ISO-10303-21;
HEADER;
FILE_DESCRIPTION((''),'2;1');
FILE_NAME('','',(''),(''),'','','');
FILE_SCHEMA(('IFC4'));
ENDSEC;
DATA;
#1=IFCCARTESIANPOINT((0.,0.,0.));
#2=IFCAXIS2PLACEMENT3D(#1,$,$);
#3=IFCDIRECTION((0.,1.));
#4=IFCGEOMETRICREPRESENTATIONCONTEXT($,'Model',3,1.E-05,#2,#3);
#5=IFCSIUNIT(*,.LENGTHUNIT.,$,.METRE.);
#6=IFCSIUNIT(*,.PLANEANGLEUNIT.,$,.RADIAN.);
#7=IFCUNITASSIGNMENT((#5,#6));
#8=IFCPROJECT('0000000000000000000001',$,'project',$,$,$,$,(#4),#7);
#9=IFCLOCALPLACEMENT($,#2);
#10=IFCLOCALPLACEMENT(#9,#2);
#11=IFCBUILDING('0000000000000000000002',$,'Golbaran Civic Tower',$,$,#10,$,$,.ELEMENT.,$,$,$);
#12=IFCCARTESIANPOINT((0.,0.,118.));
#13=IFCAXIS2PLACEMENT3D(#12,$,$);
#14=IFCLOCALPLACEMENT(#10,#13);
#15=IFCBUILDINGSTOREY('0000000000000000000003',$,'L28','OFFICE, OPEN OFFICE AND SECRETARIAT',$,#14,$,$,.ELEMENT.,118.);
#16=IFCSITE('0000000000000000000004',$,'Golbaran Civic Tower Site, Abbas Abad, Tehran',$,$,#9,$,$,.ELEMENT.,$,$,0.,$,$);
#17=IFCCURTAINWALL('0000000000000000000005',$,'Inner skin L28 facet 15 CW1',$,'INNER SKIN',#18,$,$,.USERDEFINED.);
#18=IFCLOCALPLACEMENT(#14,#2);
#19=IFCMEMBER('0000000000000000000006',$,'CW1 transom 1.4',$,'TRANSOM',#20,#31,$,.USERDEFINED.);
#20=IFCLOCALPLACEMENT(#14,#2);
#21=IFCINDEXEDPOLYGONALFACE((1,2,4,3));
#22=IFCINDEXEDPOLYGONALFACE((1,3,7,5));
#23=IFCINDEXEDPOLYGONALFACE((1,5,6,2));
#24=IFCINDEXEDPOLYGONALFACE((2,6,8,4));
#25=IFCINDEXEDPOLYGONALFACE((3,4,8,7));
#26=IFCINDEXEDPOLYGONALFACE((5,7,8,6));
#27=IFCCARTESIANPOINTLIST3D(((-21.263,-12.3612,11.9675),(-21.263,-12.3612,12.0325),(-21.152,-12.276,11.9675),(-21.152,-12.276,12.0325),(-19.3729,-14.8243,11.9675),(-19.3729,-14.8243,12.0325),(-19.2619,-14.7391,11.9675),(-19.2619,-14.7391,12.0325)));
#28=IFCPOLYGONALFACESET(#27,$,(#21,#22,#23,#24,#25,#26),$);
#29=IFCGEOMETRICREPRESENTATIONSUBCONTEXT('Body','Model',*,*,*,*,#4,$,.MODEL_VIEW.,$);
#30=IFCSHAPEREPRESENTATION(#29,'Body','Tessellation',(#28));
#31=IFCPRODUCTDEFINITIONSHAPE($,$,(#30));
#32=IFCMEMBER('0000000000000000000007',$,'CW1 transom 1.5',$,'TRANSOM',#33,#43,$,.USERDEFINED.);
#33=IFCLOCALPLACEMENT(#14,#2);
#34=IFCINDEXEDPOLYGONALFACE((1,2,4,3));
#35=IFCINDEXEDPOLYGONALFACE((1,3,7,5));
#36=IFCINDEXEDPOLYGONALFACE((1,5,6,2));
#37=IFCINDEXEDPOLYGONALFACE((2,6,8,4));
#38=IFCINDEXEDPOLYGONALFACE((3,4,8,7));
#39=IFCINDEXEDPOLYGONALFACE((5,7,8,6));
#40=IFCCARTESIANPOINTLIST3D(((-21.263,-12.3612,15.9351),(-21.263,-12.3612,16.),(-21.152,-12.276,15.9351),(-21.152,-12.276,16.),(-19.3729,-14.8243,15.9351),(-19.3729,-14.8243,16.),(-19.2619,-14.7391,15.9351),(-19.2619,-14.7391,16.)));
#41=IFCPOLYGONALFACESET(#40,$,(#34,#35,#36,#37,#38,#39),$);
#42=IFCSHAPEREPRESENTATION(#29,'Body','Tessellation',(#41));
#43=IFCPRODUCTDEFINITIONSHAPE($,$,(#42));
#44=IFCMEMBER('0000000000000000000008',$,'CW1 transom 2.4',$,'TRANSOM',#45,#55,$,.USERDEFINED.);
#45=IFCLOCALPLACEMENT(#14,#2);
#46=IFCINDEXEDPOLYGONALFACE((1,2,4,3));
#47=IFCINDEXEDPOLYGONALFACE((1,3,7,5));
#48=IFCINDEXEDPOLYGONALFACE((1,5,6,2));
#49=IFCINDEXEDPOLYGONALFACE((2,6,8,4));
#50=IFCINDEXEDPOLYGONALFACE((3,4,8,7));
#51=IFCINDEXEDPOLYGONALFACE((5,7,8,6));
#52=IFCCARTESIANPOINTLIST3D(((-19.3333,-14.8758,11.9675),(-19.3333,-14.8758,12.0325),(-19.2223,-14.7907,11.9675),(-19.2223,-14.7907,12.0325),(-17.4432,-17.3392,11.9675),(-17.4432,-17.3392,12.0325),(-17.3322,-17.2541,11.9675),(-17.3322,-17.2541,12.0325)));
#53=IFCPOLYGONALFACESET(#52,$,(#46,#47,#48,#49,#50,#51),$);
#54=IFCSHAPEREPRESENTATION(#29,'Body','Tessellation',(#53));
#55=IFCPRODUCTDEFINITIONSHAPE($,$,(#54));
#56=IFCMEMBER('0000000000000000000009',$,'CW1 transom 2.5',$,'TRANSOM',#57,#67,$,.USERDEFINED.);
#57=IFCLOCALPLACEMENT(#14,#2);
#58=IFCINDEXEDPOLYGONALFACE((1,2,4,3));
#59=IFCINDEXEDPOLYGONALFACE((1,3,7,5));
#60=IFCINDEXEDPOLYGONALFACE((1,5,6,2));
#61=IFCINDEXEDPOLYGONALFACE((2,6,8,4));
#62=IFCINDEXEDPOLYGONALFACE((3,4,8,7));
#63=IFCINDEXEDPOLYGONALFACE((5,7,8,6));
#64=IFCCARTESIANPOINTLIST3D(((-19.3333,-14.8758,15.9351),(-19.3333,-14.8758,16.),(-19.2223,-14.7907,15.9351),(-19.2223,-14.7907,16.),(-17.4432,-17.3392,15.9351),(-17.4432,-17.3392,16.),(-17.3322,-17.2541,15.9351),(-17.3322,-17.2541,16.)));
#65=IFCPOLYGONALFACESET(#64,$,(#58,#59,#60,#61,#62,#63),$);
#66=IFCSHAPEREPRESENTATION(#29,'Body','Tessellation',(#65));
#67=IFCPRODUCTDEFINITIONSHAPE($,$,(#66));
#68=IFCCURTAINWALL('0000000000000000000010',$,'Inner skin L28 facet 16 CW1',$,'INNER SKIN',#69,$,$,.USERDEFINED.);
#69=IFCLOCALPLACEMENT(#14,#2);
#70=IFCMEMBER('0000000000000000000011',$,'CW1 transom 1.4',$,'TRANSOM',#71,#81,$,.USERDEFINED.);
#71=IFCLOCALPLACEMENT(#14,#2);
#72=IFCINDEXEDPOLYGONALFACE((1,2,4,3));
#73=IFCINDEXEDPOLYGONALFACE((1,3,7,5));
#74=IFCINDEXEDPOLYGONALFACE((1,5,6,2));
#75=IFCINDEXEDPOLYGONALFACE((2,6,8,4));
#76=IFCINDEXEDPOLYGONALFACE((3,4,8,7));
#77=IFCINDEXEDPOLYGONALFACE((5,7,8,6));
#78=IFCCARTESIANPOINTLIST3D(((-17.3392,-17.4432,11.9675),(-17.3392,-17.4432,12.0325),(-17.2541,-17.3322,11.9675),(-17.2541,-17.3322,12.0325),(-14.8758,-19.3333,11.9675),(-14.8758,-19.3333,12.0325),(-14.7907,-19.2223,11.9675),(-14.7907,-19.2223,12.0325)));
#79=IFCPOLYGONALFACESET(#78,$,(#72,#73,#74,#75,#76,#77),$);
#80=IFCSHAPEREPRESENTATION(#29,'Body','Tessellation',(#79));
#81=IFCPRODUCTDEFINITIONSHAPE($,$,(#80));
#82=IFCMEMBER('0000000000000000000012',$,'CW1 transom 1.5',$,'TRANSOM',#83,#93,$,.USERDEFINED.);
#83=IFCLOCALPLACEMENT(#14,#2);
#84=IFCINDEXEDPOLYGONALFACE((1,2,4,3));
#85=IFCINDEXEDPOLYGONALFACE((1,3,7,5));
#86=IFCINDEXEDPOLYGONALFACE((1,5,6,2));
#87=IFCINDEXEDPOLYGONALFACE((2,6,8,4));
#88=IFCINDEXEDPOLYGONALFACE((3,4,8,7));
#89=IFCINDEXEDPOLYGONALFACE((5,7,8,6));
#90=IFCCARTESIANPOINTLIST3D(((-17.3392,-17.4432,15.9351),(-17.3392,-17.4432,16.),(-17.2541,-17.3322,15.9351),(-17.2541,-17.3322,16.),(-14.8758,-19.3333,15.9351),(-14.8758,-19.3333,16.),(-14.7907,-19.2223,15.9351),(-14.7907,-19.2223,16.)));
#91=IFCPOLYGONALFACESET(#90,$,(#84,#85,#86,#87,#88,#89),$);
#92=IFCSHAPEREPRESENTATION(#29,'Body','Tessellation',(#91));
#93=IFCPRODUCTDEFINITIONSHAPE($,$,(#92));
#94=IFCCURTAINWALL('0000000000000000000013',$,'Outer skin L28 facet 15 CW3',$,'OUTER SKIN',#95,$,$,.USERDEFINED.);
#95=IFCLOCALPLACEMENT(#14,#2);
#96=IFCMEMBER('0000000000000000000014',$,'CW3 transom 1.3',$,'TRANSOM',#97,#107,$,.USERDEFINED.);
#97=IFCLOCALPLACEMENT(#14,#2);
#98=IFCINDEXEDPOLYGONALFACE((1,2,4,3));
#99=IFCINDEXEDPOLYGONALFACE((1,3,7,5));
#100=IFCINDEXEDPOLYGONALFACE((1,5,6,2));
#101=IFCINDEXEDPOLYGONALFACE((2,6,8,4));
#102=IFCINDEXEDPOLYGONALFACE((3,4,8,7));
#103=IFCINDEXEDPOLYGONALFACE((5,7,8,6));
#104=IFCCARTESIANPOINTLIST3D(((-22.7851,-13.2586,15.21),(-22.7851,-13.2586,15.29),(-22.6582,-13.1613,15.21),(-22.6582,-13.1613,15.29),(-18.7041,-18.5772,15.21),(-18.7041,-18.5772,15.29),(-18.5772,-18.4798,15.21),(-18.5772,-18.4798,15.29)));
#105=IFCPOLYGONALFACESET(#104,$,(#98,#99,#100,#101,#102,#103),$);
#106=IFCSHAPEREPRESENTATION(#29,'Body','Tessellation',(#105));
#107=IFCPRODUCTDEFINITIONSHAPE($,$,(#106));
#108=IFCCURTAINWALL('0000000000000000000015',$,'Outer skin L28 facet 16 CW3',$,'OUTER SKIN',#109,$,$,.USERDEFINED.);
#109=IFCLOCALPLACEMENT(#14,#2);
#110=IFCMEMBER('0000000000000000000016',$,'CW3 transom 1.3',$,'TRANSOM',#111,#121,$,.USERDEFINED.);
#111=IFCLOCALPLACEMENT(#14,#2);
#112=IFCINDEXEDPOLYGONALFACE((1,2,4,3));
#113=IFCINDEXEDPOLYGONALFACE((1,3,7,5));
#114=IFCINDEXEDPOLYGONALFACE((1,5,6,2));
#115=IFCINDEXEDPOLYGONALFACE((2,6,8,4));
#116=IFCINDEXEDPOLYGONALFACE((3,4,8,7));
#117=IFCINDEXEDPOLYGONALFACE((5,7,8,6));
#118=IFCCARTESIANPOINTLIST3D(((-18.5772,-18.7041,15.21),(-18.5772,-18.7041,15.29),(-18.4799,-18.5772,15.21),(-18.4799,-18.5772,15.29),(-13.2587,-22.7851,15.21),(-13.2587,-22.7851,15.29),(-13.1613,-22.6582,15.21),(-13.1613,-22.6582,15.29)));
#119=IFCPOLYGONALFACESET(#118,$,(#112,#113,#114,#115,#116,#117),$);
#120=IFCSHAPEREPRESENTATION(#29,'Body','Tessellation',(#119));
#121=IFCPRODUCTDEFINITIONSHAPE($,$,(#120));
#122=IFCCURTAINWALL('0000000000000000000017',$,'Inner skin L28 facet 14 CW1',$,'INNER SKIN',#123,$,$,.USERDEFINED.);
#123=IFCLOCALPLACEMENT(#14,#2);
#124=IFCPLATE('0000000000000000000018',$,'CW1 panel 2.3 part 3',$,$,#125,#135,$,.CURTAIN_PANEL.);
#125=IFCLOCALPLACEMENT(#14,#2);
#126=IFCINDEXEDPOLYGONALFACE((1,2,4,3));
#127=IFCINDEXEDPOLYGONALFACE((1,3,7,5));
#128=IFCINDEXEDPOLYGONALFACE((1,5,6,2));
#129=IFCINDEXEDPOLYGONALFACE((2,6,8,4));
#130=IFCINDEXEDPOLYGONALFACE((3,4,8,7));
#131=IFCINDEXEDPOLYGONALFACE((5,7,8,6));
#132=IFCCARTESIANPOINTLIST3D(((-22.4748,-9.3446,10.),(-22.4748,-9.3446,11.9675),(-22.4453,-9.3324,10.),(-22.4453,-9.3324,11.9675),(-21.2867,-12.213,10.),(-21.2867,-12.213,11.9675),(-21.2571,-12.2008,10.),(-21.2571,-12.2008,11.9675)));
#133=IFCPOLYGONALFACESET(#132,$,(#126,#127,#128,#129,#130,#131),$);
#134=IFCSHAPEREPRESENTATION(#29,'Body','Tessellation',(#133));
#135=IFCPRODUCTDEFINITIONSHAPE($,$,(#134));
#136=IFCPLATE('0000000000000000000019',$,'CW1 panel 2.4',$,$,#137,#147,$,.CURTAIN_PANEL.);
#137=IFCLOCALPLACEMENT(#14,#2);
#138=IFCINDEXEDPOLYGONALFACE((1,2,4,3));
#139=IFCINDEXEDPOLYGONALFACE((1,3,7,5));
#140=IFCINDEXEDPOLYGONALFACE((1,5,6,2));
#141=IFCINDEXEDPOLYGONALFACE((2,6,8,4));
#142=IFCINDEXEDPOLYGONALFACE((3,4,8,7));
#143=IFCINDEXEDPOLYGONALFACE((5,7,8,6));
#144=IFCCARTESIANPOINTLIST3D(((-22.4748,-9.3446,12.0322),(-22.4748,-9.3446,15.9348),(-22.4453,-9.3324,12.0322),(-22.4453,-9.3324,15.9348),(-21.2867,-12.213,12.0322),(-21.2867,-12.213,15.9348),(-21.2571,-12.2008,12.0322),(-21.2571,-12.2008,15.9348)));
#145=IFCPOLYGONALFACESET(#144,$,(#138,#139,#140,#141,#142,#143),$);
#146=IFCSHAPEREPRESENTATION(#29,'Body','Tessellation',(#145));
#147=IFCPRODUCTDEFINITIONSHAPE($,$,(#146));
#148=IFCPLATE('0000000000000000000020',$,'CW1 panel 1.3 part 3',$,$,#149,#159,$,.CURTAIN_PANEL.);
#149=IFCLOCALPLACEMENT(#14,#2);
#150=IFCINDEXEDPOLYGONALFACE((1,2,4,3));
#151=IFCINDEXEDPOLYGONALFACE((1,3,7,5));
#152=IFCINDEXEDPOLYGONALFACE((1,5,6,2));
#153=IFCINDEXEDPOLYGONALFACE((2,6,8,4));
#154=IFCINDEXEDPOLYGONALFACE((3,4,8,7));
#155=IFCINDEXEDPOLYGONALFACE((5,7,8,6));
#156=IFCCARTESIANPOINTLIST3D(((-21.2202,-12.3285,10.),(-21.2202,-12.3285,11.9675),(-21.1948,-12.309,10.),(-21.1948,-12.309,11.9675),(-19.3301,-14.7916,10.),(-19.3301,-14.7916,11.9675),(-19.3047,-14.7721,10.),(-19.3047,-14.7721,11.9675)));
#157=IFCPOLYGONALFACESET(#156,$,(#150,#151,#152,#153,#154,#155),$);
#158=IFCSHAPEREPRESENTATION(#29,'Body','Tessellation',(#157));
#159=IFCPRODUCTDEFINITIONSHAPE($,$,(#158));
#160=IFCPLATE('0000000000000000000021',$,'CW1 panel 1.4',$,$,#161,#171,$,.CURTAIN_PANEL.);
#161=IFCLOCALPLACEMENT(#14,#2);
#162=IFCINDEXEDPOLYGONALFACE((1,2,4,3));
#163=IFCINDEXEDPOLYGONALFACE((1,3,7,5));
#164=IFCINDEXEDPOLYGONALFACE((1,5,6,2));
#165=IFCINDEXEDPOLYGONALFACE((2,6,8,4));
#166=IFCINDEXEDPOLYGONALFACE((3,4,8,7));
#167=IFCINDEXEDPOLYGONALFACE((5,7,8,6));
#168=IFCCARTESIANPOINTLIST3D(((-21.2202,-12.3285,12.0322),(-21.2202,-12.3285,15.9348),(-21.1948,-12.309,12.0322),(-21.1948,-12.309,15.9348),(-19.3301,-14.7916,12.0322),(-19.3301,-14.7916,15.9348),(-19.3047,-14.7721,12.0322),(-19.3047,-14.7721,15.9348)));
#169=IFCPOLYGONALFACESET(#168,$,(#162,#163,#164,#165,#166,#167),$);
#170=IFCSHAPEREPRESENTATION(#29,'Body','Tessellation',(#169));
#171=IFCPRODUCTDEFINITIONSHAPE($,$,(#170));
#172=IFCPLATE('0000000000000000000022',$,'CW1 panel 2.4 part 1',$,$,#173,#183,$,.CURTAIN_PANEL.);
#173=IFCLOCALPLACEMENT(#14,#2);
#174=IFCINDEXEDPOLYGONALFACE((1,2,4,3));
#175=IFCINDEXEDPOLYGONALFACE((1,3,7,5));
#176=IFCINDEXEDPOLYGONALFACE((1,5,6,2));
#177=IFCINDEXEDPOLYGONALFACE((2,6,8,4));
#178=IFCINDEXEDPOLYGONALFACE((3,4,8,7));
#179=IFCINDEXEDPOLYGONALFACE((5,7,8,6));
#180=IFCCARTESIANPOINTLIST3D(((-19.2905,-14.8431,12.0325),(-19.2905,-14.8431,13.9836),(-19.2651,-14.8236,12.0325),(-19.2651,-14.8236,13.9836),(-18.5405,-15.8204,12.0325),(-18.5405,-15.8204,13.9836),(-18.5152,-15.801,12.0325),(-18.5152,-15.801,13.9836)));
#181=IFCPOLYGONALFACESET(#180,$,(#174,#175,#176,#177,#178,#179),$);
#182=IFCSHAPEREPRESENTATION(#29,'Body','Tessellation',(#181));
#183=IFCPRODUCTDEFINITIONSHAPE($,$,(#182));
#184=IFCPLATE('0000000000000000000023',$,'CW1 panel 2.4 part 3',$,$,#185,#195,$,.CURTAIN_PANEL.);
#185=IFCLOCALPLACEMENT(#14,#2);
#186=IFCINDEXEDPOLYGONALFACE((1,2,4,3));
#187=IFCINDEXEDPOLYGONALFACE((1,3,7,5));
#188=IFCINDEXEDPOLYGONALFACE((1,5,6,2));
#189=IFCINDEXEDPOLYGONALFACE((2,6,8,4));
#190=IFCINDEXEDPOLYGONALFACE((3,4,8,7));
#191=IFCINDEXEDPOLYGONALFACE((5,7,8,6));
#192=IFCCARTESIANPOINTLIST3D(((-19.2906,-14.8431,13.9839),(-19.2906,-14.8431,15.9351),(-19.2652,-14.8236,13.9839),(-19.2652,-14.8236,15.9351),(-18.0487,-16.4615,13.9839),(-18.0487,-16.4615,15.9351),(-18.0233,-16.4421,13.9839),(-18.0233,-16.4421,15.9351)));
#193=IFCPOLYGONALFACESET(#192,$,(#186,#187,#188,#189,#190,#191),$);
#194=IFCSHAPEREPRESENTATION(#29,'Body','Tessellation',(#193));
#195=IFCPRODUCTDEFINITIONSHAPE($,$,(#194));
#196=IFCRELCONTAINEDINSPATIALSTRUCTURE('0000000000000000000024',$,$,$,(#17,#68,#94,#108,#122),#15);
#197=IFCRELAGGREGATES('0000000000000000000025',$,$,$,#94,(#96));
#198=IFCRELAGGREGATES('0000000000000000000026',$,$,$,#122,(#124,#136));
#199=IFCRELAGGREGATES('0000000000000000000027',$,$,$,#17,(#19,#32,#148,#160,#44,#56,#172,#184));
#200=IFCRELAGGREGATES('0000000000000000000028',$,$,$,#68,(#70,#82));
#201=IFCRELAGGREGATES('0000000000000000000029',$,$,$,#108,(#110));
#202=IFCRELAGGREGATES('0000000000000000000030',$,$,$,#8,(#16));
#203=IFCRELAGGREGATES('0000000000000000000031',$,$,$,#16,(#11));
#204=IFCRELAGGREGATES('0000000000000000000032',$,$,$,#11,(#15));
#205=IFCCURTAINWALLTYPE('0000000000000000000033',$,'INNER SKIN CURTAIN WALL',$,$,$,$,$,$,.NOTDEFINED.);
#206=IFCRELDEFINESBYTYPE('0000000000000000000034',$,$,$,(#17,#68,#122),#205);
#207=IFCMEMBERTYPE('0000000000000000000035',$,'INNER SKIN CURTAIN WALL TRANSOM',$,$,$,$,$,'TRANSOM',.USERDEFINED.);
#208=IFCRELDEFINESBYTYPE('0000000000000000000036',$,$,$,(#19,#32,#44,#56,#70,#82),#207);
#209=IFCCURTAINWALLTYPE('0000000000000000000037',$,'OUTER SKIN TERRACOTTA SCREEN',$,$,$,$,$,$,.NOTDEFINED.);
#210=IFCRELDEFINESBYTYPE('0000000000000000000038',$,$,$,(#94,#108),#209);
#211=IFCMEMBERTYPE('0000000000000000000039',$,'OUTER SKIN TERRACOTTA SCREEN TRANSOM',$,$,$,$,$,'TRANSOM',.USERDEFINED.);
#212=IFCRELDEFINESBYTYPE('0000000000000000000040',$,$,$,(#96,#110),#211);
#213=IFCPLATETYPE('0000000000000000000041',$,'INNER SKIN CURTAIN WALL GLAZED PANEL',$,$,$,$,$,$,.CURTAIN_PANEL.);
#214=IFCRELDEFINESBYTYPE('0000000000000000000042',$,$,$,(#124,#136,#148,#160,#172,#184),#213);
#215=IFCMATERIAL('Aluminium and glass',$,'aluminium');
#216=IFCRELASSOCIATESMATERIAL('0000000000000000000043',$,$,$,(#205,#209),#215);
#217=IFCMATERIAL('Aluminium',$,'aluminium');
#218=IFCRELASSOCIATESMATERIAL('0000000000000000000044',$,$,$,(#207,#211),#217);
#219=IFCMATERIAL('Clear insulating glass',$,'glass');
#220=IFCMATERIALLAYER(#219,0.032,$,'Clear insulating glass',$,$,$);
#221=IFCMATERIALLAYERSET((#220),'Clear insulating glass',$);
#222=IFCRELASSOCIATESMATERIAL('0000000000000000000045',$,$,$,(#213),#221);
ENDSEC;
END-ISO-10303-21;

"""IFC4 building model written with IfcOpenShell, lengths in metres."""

from ifc_helpers import new_model, si_unit, direction, frame, origin, origin_2d, place, context, subcontext, project, spatial, rectangle, extrude, material, layer, layer_set, material_profile, profile_set, type_object, element, aggregate, save


model = new_model("IFC4")

# Units and contexts
model_context = context("Model", 3, precision=1e-05, world=origin(), true_north=direction((0.0, 1.0)))
body_context = subcontext(model_context, "Body", "Model", "MODEL_VIEW")
ifc_project = project(units=[si_unit("LENGTHUNIT", "METRE"), si_unit("PLANEANGLEUNIT", "RADIAN")], contexts=[model_context])

# Site, building, storey
site_placement = place(None, origin())
site = spatial("IfcSite", under=ifc_project, at=site_placement, Name="Golbaran Civic Tower Site, Abbas Abad, Tehran", CompositionType="ELEMENT", RefElevation=0.0)
building_placement = place(site_placement, origin())
building = spatial("IfcBuilding", under=site, at=building_placement, Name="Golbaran Civic Tower", CompositionType="ELEMENT")
storey_placement = place(building_placement, frame((0.0, 0.0, 118.0)))
storey = spatial("IfcBuildingStorey", under=building, at=storey_placement, Name="L28", Description="OFFICE, OPEN OFFICE AND SECRETARIAT", CompositionType="ELEMENT", Elevation=118.0)

# Curtain walls, members
ifc_material_1 = material(Name="Aluminium and glass", Category="aluminium")
curtain_wall_type_1 = type_object("IfcCurtainWallType", Name="INNER SKIN CURTAIN WALL", PredefinedType="NOTDEFINED", material=ifc_material_1)
curtain_wall_1_placement = place(storey_placement, origin())
curtain_wall_1 = element("IfcCurtainWall", 1, at=curtain_wall_1_placement, inside=storey, type_object=curtain_wall_type_1, Name="Inner skin L28 facet 15 CW1", ObjectType="INNER SKIN", PredefinedType="USERDEFINED")
ifc_material_2 = material(Name="Aluminium", Category="aluminium")
ifc_material_profile_1 = material_profile(ifc_material_2, rectangle(XDim=0.1399, YDim=0.0649, at=origin_2d()), Name="INNER SKIN CURTAIN WALL TRANSOM")
ifc_profile_set_1 = profile_set([ifc_material_profile_1], Name="Aluminium")
member_type_1 = type_object("IfcMemberType", Name="INNER SKIN CURTAIN WALL TRANSOM", ElementType="TRANSOM", PredefinedType="USERDEFINED", material=ifc_profile_set_1)
member_1_placement = place(storey_placement, frame((-21.2075, -12.3186, 12.0), z_axis=(0.608783, -0.793337, 0.0), x_axis=(0.793337, 0.608783, 0.0)))
member_1 = element("IfcMember", 2, at=member_1_placement, type_object=member_type_1, Name="CW1 transom 1.4", ObjectType="TRANSOM", PredefinedType="USERDEFINED", context=body_context, shape_type="SweptSolid", body=[
    extrude(rectangle(XDim=0.1399, YDim=0.0649, at=origin_2d()), origin(), (0.0, 0.0, 1.0), 3.1047),
])
member_2_placement = place(storey_placement, frame((-21.2075, -12.3186, 15.9675), z_axis=(0.608783, -0.793337, 0.0), x_axis=(0.793337, 0.608783, 0.0)))
member_2 = element("IfcMember", 3, at=member_2_placement, type_object=member_type_1, Name="CW1 transom 1.5", ObjectType="TRANSOM", PredefinedType="USERDEFINED", context=body_context, shape_type="SweptSolid", body=[
    extrude(rectangle(XDim=0.1399, YDim=0.0649, at=origin_2d()), origin(), (0.0, 0.0, 1.0), 3.1047),
])
member_3_placement = place(storey_placement, frame((-19.2778, -14.8333, 12.0), z_axis=(0.608745, -0.793366, 0.0), x_axis=(0.793366, 0.608745, 0.0)))
member_3 = element("IfcMember", 4, at=member_3_placement, type_object=member_type_1, Name="CW1 transom 2.4", ObjectType="TRANSOM", PredefinedType="USERDEFINED", context=body_context, shape_type="SweptSolid", body=[
    extrude(rectangle(XDim=0.1399, YDim=0.0649, at=origin_2d()), origin(), (0.0, 0.0, 1.0), 3.105),
])
member_4_placement = place(storey_placement, frame((-19.2778, -14.8333, 15.9675), z_axis=(0.608745, -0.793366, 0.0), x_axis=(0.793366, 0.608745, 0.0)))
member_4 = element("IfcMember", 5, at=member_4_placement, type_object=member_type_1, Name="CW1 transom 2.5", ObjectType="TRANSOM", PredefinedType="USERDEFINED", context=body_context, shape_type="SweptSolid", body=[
    extrude(rectangle(XDim=0.1399, YDim=0.0649, at=origin_2d()), origin(), (0.0, 0.0, 1.0), 3.105),
])
curtain_wall_2_placement = place(storey_placement, origin())
curtain_wall_2 = element("IfcCurtainWall", 6, at=curtain_wall_2_placement, inside=storey, type_object=curtain_wall_type_1, Name="Inner skin L28 facet 16 CW1", ObjectType="INNER SKIN", PredefinedType="USERDEFINED")
member_5_placement = place(storey_placement, frame((-17.2966, -17.3877, 12.0), z_axis=(0.793366, -0.608745, 0.0), x_axis=(0.608745, 0.793366, 0.0)))
member_5 = element("IfcMember", 7, at=member_5_placement, type_object=member_type_1, Name="CW1 transom 1.4", ObjectType="TRANSOM", PredefinedType="USERDEFINED", context=body_context, shape_type="SweptSolid", body=[
    extrude(rectangle(XDim=0.1399, YDim=0.0649, at=origin_2d()), origin(), (0.0, 0.0, 1.0), 3.105),
])
member_6_placement = place(storey_placement, frame((-17.2966, -17.3877, 15.9675), z_axis=(0.793366, -0.608745, 0.0), x_axis=(0.608745, 0.793366, 0.0)))
member_6 = element("IfcMember", 8, at=member_6_placement, type_object=member_type_1, Name="CW1 transom 1.5", ObjectType="TRANSOM", PredefinedType="USERDEFINED", context=body_context, shape_type="SweptSolid", body=[
    extrude(rectangle(XDim=0.1399, YDim=0.0649, at=origin_2d()), origin(), (0.0, 0.0, 1.0), 3.105),
])

# Curtain walls, members
curtain_wall_type_2 = type_object("IfcCurtainWallType", Name="OUTER SKIN TERRACOTTA SCREEN", PredefinedType="NOTDEFINED", material=ifc_material_1)
curtain_wall_3_placement = place(storey_placement, origin())
curtain_wall_3 = element("IfcCurtainWall", 9, at=curtain_wall_3_placement, inside=storey, type_object=curtain_wall_type_2, Name="Outer skin L28 facet 15 CW3", ObjectType="OUTER SKIN", PredefinedType="USERDEFINED")
ifc_material_profile_2 = material_profile(ifc_material_2, rectangle(XDim=0.1599, YDim=0.0801, at=origin_2d()), Name="OUTER SKIN TERRACOTTA SCREEN TRANSOM")
ifc_profile_set_2 = profile_set([ifc_material_profile_2], Name="Aluminium")
member_type_2 = type_object("IfcMemberType", Name="OUTER SKIN TERRACOTTA SCREEN TRANSOM", ElementType="TRANSOM", PredefinedType="USERDEFINED", material=ifc_profile_set_2)
member_7_placement = place(storey_placement, frame((-22.7217, -13.21, 15.25), z_axis=(0.608756, -0.793357, 0.0), x_axis=(0.793357, 0.608756, 0.0)))
member_7 = element("IfcMember", 10, at=member_7_placement, type_object=member_type_2, Name="CW3 transom 1.3", ObjectType="TRANSOM", PredefinedType="USERDEFINED", context=body_context, shape_type="SweptSolid", body=[
    extrude(rectangle(XDim=0.1599, YDim=0.0801, at=origin_2d()), origin(), (0.0, 0.0, 1.0), 6.7039),
])
aggregate(curtain_wall_3, [member_7])
curtain_wall_4_placement = place(storey_placement, origin())
curtain_wall_4 = element("IfcCurtainWall", 11, at=curtain_wall_4_placement, inside=storey, type_object=curtain_wall_type_2, Name="Outer skin L28 facet 16 CW3", ObjectType="OUTER SKIN", PredefinedType="USERDEFINED")
member_8_placement = place(storey_placement, frame((-18.5286, -18.6406, 15.25), z_axis=(0.793357, -0.608756, 0.0), x_axis=(0.608756, 0.793357, 0.0)))
member_8 = element("IfcMember", 12, at=member_8_placement, type_object=member_type_2, Name="CW3 transom 1.3", ObjectType="TRANSOM", PredefinedType="USERDEFINED", context=body_context, shape_type="SweptSolid", body=[
    extrude(rectangle(XDim=0.1599, YDim=0.0801, at=origin_2d()), origin(), (0.0, 0.0, 1.0), 6.7039),
])

# Curtain wall, plates
curtain_wall_5_placement = place(storey_placement, origin())
curtain_wall_5 = element("IfcCurtainWall", 13, at=curtain_wall_5_placement, inside=storey, type_object=curtain_wall_type_1, Name="Inner skin L28 facet 14 CW1", ObjectType="INNER SKIN", PredefinedType="USERDEFINED")
ifc_material_3 = material(Name="Clear insulating glass", Category="glass")
ifc_layer_1 = layer(ifc_material_3, 0.032, Name="Clear insulating glass")
ifc_layer_set_1 = layer_set([ifc_layer_1], Name="Clear insulating glass")
plate_type_1 = type_object("IfcPlateType", Name="INNER SKIN CURTAIN WALL GLAZED PANEL", PredefinedType="CURTAIN_PANEL", material=ifc_layer_set_1)
plate_1_placement = place(storey_placement, frame((-21.866, -10.7727, 10.0), z_axis=(0.0, 0.0, 1.0), x_axis=(0.382683, -0.92388, 0.0)))
plate_1 = element("IfcPlate", 14, at=plate_1_placement, type_object=plate_type_1, Name="CW1 panel 2.3 part 3", PredefinedType="CURTAIN_PANEL", context=body_context, shape_type="SweptSolid", body=[
    extrude(rectangle(XDim=3.1047, YDim=0.032, at=origin_2d()), origin(), (0.0, 0.0, 1.0), 1.9675),
])
plate_2_placement = place(storey_placement, frame((-21.866, -10.7727, 12.0322), z_axis=(0.0, 0.0, 1.0), x_axis=(0.382683, -0.92388, 0.0)))
plate_2 = element("IfcPlate", 15, at=plate_2_placement, type_object=plate_type_1, Name="CW1 panel 2.4", PredefinedType="CURTAIN_PANEL", context=body_context, shape_type="SweptSolid", body=[
    extrude(rectangle(XDim=3.1047, YDim=0.032, at=origin_2d()), origin(), (0.0, 0.0, 1.0), 3.9026),
])
aggregate(curtain_wall_5, [plate_1, plate_2])

# Plates
plate_3_placement = place(storey_placement, frame((-20.2625, -13.5503, 10.0), z_axis=(0.0, 0.0, 1.0), x_axis=(0.608761, -0.793353, 0.0)))
plate_3 = element("IfcPlate", 16, at=plate_3_placement, type_object=plate_type_1, Name="CW1 panel 1.3 part 3", PredefinedType="CURTAIN_PANEL", context=body_context, shape_type="SweptSolid", body=[
    extrude(rectangle(XDim=3.1047, YDim=0.032, at=origin_2d()), origin(), (0.0, 0.0, 1.0), 1.9675),
])
plate_4_placement = place(storey_placement, frame((-20.2625, -13.5503, 12.0322), z_axis=(0.0, 0.0, 1.0), x_axis=(0.608761, -0.793353, 0.0)))
plate_4 = element("IfcPlate", 17, at=plate_4_placement, type_object=plate_type_1, Name="CW1 panel 1.4", PredefinedType="CURTAIN_PANEL", context=body_context, shape_type="SweptSolid", body=[
    extrude(rectangle(XDim=3.1047, YDim=0.032, at=origin_2d()), origin(), (0.0, 0.0, 1.0), 3.9026),
])
plate_5_placement = place(storey_placement, frame((-18.9028, -15.322, 12.0325), z_axis=(0.0, 0.0, 1.0), x_axis=(0.608761, -0.793353, 0.0)))
plate_5 = element("IfcPlate", 18, at=plate_5_placement, type_object=plate_type_1, Name="CW1 panel 2.4 part 1", PredefinedType="CURTAIN_PANEL", context=body_context, shape_type="SweptSolid", body=[
    extrude(rectangle(XDim=1.2319, YDim=0.032, at=origin_2d()), origin(), (0.0, 0.0, 1.0), 1.9512),
])
plate_6_placement = place(storey_placement, frame((-18.657, -15.6426, 13.9839), z_axis=(0.0, 0.0, 1.0), x_axis=(0.608761, -0.793353, 0.0)))
plate_6 = element("IfcPlate", 19, at=plate_6_placement, type_object=plate_type_1, Name="CW1 panel 2.4 part 3", PredefinedType="CURTAIN_PANEL", context=body_context, shape_type="SweptSolid", body=[
    extrude(rectangle(XDim=2.04, YDim=0.032, at=origin_2d()), origin(), (0.0, 0.0, 1.0), 1.9512),
])
aggregate(curtain_wall_1, [member_1, member_2, plate_3, plate_4, member_3, member_4, plate_5, plate_6])
aggregate(curtain_wall_2, [member_5, member_6])

aggregate(curtain_wall_4, [member_8])

save(model, "model.ifc")
